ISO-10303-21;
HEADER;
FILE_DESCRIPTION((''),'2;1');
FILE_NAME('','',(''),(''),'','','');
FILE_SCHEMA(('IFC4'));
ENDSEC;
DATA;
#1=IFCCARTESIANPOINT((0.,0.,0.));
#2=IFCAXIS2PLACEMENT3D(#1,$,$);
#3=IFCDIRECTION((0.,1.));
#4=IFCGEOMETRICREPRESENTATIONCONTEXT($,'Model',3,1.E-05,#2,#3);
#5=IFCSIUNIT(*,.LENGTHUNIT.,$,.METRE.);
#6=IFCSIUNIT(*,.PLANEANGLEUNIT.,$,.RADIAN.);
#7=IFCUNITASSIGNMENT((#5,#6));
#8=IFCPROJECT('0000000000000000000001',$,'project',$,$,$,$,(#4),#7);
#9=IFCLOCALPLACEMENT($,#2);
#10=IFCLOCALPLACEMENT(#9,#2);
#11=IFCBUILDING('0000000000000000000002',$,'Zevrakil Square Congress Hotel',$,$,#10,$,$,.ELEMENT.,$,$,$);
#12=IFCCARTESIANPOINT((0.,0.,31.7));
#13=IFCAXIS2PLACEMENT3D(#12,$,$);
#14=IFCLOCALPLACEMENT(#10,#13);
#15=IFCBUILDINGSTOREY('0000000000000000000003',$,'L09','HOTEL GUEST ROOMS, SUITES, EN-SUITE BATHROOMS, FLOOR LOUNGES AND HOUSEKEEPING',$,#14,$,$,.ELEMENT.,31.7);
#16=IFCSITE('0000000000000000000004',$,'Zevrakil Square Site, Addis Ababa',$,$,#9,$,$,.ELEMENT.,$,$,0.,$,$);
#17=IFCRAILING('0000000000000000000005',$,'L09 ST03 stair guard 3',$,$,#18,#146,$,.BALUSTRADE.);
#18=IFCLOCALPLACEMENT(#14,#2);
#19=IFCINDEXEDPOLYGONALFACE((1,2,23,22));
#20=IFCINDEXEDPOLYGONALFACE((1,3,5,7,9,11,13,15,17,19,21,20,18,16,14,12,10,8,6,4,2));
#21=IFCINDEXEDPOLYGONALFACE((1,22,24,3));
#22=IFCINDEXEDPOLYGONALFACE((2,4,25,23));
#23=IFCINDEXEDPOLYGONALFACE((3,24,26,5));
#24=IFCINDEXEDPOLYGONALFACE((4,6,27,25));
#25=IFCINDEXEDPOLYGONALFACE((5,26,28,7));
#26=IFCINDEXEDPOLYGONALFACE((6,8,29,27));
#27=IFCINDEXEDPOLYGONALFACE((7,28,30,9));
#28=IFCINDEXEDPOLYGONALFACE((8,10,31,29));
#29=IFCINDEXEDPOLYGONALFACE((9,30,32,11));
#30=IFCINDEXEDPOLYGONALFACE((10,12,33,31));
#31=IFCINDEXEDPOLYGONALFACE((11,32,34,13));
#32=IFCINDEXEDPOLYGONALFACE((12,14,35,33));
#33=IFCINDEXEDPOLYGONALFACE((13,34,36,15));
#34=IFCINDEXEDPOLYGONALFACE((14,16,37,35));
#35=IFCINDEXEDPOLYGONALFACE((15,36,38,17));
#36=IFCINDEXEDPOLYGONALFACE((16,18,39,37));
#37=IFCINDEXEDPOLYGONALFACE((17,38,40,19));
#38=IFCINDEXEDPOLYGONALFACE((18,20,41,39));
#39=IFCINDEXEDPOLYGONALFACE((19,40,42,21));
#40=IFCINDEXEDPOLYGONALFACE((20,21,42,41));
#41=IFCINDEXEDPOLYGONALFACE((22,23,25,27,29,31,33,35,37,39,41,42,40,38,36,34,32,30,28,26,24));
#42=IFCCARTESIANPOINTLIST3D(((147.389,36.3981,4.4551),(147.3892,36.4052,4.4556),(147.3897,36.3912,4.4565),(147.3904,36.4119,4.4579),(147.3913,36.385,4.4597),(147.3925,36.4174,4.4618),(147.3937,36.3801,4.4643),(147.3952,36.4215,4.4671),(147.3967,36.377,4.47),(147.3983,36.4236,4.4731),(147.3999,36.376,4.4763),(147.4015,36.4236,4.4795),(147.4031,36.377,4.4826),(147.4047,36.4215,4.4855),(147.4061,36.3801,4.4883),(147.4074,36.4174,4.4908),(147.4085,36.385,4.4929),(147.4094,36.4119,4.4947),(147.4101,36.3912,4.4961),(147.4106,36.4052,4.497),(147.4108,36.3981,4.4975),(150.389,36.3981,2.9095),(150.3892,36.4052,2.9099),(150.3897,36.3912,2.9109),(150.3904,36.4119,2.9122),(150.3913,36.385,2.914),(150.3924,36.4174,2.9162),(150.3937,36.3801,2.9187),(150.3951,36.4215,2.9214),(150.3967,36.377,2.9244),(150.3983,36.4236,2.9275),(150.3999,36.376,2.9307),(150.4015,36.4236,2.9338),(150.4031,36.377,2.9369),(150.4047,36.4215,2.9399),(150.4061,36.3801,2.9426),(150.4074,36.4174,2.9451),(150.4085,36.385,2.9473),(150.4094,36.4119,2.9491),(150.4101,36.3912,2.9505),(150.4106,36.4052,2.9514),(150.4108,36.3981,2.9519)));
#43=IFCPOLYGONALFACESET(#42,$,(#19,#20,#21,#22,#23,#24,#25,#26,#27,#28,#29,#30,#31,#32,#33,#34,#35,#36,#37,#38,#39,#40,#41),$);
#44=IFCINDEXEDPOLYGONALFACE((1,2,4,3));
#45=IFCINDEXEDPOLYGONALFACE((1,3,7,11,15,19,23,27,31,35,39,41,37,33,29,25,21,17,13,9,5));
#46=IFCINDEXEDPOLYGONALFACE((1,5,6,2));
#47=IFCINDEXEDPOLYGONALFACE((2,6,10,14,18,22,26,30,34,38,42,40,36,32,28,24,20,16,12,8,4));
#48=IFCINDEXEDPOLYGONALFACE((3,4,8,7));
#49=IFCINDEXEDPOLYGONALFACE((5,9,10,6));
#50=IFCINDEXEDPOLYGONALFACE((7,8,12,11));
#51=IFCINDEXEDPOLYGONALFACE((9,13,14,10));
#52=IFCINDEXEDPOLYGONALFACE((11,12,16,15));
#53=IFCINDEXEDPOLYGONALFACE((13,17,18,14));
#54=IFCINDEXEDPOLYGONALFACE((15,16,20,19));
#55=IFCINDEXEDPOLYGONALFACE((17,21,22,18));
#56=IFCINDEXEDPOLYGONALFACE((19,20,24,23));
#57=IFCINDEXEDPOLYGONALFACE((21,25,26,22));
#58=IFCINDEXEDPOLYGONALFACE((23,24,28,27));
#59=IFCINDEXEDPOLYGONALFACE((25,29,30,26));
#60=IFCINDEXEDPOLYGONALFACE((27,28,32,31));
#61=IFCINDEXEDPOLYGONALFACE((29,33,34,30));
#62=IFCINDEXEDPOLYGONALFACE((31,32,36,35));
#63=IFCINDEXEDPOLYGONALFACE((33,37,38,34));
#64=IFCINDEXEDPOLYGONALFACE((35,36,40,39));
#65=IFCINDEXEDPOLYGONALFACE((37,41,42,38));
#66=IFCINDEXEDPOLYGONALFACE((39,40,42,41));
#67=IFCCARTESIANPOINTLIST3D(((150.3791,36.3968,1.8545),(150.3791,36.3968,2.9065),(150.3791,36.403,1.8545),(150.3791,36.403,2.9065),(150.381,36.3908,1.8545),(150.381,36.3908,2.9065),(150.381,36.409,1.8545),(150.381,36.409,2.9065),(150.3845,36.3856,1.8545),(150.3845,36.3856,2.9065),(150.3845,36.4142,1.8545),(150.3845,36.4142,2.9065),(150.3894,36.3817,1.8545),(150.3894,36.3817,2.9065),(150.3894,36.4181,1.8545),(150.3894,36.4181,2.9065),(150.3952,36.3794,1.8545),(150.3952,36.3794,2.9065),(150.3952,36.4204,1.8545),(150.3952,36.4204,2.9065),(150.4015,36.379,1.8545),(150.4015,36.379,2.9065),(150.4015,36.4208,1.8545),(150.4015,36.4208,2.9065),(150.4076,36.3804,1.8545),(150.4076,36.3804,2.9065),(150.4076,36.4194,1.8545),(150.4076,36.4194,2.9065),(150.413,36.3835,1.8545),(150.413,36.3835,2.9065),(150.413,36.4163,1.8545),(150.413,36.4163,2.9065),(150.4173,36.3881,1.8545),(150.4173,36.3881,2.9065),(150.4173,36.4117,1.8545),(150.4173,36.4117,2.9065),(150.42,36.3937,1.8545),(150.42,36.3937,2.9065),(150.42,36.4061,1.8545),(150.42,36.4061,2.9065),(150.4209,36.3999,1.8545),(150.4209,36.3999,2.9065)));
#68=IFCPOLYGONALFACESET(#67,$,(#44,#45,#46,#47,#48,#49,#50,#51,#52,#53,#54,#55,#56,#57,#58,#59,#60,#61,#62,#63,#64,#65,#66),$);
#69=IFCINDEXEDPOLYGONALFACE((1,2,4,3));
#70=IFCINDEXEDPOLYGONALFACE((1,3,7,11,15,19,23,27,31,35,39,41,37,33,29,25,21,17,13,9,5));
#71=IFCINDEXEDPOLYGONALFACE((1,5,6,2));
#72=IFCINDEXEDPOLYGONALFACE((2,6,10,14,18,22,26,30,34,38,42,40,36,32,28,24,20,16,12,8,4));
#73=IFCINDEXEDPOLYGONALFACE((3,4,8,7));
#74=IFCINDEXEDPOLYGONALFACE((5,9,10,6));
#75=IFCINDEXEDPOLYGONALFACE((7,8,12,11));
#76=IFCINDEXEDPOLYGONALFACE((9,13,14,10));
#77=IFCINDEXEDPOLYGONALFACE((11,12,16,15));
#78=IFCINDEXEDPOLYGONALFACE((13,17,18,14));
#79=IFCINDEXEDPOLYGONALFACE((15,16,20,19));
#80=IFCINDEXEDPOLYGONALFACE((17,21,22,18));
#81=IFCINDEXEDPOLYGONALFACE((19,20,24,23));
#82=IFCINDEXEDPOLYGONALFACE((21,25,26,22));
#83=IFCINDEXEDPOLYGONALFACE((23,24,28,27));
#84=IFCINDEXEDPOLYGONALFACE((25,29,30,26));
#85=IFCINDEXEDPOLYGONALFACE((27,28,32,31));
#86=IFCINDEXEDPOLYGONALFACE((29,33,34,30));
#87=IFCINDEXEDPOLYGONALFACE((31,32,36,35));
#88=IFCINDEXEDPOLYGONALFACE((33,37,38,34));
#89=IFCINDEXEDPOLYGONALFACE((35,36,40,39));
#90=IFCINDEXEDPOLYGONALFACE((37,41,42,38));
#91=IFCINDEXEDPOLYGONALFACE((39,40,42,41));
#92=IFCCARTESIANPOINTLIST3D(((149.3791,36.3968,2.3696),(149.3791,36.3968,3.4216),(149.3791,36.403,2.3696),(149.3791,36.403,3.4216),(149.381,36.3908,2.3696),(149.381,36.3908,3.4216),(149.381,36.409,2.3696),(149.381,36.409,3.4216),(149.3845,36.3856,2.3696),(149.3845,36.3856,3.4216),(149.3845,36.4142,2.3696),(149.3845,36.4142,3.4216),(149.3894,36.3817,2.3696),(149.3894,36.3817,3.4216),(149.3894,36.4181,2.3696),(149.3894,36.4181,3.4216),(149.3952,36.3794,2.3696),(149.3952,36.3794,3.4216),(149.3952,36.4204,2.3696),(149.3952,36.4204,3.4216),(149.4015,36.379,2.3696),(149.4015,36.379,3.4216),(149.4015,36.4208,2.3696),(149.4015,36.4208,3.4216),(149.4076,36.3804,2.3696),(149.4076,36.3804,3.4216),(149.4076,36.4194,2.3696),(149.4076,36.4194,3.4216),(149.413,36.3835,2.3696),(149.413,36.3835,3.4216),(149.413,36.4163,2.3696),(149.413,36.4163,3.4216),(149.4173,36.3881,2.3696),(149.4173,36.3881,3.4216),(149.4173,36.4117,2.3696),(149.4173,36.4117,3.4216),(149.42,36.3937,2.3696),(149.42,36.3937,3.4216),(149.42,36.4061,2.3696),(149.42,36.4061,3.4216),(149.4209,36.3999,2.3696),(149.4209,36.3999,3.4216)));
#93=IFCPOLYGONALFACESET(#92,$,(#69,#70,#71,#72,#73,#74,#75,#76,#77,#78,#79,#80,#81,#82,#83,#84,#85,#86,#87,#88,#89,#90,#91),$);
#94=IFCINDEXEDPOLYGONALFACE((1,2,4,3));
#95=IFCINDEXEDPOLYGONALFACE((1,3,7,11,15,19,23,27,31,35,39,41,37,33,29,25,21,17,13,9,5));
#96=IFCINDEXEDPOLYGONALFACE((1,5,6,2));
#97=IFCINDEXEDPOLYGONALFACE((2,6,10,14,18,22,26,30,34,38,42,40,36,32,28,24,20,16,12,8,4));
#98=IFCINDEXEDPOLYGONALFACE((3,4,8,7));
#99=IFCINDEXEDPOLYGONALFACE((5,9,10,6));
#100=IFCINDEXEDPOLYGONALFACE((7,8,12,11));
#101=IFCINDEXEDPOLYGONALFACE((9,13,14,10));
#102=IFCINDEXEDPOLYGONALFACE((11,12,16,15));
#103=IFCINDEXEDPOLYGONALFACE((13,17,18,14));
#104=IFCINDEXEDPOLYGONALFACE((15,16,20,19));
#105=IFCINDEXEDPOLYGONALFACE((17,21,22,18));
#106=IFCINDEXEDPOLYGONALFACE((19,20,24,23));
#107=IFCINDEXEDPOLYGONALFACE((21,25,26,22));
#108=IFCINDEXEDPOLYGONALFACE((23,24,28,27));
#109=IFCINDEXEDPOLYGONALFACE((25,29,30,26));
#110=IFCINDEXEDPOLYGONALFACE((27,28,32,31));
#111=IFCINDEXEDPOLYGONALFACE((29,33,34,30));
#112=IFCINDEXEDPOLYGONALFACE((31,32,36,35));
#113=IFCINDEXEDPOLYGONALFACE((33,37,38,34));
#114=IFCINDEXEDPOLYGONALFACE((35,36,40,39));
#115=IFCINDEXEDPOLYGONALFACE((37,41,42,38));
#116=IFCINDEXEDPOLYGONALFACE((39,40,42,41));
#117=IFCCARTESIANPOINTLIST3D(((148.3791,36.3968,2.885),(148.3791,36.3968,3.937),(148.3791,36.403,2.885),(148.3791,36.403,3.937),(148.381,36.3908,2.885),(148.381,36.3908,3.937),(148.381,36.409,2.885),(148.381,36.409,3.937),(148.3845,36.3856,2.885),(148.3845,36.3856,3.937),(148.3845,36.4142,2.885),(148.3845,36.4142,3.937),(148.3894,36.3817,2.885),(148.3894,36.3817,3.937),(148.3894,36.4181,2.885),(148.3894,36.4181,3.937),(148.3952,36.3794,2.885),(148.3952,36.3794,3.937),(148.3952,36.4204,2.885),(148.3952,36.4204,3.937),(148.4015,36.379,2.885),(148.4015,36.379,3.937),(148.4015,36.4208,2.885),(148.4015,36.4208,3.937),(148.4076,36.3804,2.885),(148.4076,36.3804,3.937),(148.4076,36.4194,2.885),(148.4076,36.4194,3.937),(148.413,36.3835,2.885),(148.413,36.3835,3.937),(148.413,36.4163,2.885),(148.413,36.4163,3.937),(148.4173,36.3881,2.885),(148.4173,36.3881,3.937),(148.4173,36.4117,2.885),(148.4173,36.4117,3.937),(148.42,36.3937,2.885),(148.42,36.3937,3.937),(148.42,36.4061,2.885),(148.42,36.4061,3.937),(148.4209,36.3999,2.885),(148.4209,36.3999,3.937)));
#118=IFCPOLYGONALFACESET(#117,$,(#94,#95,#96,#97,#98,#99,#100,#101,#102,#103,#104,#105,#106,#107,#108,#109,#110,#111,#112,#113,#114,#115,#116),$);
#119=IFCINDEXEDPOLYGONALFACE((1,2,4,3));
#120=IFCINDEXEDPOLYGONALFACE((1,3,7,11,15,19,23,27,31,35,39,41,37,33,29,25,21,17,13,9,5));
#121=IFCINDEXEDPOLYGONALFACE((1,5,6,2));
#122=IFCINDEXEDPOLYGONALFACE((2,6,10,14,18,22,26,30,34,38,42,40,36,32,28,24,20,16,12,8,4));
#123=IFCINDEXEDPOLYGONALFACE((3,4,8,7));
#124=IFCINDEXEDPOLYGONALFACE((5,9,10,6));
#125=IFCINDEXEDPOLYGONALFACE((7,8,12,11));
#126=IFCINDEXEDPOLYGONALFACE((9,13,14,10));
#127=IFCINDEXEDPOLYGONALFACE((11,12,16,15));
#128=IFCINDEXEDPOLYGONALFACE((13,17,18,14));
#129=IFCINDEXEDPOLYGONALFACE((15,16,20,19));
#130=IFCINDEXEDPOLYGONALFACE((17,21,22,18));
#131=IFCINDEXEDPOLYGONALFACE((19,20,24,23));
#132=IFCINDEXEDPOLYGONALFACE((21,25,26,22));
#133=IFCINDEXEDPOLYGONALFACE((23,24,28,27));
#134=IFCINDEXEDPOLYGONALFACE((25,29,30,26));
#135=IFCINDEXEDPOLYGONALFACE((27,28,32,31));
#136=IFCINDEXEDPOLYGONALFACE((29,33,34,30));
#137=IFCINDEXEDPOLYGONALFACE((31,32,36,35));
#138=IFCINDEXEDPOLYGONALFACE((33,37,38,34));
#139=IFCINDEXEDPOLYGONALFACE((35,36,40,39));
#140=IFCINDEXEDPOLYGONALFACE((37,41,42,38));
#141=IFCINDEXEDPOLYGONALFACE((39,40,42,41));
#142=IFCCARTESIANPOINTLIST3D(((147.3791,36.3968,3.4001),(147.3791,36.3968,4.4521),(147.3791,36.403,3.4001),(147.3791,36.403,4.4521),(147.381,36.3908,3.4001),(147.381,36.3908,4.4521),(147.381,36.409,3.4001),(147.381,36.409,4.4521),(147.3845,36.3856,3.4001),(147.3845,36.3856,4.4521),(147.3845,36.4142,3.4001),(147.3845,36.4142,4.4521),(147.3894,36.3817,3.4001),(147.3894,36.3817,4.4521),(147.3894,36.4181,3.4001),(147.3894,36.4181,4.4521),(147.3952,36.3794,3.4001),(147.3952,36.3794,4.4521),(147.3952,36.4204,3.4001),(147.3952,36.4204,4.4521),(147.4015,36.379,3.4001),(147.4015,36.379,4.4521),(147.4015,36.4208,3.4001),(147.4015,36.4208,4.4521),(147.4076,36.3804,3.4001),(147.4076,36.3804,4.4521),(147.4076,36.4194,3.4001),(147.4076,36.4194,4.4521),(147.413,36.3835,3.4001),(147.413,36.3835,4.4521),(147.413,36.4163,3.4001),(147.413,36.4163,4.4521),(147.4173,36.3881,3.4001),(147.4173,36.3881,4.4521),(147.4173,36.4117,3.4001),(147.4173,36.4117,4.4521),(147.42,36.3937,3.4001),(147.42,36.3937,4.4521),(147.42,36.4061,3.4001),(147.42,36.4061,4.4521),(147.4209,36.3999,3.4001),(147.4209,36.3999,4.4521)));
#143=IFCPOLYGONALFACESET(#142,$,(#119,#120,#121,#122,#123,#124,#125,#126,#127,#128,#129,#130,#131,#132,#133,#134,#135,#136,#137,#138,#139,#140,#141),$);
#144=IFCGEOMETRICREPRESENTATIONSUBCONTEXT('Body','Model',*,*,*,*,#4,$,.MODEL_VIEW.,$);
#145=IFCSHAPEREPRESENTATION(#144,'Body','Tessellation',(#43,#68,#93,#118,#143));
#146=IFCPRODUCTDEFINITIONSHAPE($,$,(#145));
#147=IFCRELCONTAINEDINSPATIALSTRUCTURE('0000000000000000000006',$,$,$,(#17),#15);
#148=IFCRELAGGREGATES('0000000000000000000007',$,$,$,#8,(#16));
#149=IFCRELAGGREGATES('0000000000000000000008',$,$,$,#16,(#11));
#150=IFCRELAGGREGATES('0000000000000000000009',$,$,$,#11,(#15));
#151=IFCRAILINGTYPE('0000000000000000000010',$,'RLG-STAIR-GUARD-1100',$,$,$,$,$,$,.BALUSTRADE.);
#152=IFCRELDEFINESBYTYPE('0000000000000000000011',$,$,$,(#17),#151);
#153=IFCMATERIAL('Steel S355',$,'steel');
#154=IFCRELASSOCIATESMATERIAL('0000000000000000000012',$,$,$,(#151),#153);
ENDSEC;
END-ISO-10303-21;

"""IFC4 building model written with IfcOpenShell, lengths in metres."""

from ifc_helpers import new_model, si_unit, direction, frame, origin, origin_2d, place, context, subcontext, project, spatial, circle, extrude, material, type_object, element, save


model = new_model("IFC4")

# Units and contexts
model_context = context("Model", 3, precision=1e-05, world=origin(), true_north=direction((0.0, 1.0)))
body_context = subcontext(model_context, "Body", "Model", "MODEL_VIEW")
ifc_project = project(units=[si_unit("LENGTHUNIT", "METRE"), si_unit("PLANEANGLEUNIT", "RADIAN")], contexts=[model_context])

# Site, building, storey
site_placement = place(None, origin())
site = spatial("IfcSite", under=ifc_project, at=site_placement, Name="Zevrakil Square Site, Addis Ababa", CompositionType="ELEMENT", RefElevation=0.0)
building_placement = place(site_placement, origin())
building = spatial("IfcBuilding", under=site, at=building_placement, Name="Zevrakil Square Congress Hotel", CompositionType="ELEMENT")
storey_placement = place(building_placement, frame((0.0, 0.0, 31.7)))
storey = spatial("IfcBuildingStorey", under=building, at=storey_placement, Name="L09", Description="HOTEL GUEST ROOMS, SUITES, EN-SUITE BATHROOMS, FLOOR LOUNGES AND HOUSEKEEPING", CompositionType="ELEMENT", Elevation=31.7)

# Railing
ifc_material_1 = material(Name="Steel S355", Category="steel")
railing_type_1 = type_object("IfcRailingType", Name="RLG-STAIR-GUARD-1100", PredefinedType="BALUSTRADE", material=ifc_material_1)
railing_1_placement = place(storey_placement, frame((150.3999, 36.3999, 1.8545)))
element("IfcRailing", 1, at=railing_1_placement, inside=storey, type_object=railing_type_1, Name="L09 ST03 stair guard 3", PredefinedType="BALUSTRADE", context=body_context, shape_type="SweptSolid", body=[
    extrude(circle(Radius=0.0239, at=origin_2d()), frame((0.0, 0.0, 1.0762), z_axis=(-0.88895, 0.0, 0.458003), x_axis=(0.0, -1.0, 0.0)), (0.0, 0.0, 1.0), 3.3748),
    extrude(circle(Radius=0.021, at=origin_2d()), origin(), (0.0, 0.0, 1.0), 1.052),
    extrude(circle(Radius=0.021, at=origin_2d()), frame((-1.0, 0.0, 0.5151)), (0.0, 0.0, 1.0), 1.052),
    extrude(circle(Radius=0.021, at=origin_2d()), frame((-2.0, 0.0, 1.0305)), (0.0, 0.0, 1.0), 1.052),
    extrude(circle(Radius=0.021, at=origin_2d()), frame((-3.0, 0.0, 1.5457)), (0.0, 0.0, 1.0), 1.052),
])

save(model, "model.ifc")
